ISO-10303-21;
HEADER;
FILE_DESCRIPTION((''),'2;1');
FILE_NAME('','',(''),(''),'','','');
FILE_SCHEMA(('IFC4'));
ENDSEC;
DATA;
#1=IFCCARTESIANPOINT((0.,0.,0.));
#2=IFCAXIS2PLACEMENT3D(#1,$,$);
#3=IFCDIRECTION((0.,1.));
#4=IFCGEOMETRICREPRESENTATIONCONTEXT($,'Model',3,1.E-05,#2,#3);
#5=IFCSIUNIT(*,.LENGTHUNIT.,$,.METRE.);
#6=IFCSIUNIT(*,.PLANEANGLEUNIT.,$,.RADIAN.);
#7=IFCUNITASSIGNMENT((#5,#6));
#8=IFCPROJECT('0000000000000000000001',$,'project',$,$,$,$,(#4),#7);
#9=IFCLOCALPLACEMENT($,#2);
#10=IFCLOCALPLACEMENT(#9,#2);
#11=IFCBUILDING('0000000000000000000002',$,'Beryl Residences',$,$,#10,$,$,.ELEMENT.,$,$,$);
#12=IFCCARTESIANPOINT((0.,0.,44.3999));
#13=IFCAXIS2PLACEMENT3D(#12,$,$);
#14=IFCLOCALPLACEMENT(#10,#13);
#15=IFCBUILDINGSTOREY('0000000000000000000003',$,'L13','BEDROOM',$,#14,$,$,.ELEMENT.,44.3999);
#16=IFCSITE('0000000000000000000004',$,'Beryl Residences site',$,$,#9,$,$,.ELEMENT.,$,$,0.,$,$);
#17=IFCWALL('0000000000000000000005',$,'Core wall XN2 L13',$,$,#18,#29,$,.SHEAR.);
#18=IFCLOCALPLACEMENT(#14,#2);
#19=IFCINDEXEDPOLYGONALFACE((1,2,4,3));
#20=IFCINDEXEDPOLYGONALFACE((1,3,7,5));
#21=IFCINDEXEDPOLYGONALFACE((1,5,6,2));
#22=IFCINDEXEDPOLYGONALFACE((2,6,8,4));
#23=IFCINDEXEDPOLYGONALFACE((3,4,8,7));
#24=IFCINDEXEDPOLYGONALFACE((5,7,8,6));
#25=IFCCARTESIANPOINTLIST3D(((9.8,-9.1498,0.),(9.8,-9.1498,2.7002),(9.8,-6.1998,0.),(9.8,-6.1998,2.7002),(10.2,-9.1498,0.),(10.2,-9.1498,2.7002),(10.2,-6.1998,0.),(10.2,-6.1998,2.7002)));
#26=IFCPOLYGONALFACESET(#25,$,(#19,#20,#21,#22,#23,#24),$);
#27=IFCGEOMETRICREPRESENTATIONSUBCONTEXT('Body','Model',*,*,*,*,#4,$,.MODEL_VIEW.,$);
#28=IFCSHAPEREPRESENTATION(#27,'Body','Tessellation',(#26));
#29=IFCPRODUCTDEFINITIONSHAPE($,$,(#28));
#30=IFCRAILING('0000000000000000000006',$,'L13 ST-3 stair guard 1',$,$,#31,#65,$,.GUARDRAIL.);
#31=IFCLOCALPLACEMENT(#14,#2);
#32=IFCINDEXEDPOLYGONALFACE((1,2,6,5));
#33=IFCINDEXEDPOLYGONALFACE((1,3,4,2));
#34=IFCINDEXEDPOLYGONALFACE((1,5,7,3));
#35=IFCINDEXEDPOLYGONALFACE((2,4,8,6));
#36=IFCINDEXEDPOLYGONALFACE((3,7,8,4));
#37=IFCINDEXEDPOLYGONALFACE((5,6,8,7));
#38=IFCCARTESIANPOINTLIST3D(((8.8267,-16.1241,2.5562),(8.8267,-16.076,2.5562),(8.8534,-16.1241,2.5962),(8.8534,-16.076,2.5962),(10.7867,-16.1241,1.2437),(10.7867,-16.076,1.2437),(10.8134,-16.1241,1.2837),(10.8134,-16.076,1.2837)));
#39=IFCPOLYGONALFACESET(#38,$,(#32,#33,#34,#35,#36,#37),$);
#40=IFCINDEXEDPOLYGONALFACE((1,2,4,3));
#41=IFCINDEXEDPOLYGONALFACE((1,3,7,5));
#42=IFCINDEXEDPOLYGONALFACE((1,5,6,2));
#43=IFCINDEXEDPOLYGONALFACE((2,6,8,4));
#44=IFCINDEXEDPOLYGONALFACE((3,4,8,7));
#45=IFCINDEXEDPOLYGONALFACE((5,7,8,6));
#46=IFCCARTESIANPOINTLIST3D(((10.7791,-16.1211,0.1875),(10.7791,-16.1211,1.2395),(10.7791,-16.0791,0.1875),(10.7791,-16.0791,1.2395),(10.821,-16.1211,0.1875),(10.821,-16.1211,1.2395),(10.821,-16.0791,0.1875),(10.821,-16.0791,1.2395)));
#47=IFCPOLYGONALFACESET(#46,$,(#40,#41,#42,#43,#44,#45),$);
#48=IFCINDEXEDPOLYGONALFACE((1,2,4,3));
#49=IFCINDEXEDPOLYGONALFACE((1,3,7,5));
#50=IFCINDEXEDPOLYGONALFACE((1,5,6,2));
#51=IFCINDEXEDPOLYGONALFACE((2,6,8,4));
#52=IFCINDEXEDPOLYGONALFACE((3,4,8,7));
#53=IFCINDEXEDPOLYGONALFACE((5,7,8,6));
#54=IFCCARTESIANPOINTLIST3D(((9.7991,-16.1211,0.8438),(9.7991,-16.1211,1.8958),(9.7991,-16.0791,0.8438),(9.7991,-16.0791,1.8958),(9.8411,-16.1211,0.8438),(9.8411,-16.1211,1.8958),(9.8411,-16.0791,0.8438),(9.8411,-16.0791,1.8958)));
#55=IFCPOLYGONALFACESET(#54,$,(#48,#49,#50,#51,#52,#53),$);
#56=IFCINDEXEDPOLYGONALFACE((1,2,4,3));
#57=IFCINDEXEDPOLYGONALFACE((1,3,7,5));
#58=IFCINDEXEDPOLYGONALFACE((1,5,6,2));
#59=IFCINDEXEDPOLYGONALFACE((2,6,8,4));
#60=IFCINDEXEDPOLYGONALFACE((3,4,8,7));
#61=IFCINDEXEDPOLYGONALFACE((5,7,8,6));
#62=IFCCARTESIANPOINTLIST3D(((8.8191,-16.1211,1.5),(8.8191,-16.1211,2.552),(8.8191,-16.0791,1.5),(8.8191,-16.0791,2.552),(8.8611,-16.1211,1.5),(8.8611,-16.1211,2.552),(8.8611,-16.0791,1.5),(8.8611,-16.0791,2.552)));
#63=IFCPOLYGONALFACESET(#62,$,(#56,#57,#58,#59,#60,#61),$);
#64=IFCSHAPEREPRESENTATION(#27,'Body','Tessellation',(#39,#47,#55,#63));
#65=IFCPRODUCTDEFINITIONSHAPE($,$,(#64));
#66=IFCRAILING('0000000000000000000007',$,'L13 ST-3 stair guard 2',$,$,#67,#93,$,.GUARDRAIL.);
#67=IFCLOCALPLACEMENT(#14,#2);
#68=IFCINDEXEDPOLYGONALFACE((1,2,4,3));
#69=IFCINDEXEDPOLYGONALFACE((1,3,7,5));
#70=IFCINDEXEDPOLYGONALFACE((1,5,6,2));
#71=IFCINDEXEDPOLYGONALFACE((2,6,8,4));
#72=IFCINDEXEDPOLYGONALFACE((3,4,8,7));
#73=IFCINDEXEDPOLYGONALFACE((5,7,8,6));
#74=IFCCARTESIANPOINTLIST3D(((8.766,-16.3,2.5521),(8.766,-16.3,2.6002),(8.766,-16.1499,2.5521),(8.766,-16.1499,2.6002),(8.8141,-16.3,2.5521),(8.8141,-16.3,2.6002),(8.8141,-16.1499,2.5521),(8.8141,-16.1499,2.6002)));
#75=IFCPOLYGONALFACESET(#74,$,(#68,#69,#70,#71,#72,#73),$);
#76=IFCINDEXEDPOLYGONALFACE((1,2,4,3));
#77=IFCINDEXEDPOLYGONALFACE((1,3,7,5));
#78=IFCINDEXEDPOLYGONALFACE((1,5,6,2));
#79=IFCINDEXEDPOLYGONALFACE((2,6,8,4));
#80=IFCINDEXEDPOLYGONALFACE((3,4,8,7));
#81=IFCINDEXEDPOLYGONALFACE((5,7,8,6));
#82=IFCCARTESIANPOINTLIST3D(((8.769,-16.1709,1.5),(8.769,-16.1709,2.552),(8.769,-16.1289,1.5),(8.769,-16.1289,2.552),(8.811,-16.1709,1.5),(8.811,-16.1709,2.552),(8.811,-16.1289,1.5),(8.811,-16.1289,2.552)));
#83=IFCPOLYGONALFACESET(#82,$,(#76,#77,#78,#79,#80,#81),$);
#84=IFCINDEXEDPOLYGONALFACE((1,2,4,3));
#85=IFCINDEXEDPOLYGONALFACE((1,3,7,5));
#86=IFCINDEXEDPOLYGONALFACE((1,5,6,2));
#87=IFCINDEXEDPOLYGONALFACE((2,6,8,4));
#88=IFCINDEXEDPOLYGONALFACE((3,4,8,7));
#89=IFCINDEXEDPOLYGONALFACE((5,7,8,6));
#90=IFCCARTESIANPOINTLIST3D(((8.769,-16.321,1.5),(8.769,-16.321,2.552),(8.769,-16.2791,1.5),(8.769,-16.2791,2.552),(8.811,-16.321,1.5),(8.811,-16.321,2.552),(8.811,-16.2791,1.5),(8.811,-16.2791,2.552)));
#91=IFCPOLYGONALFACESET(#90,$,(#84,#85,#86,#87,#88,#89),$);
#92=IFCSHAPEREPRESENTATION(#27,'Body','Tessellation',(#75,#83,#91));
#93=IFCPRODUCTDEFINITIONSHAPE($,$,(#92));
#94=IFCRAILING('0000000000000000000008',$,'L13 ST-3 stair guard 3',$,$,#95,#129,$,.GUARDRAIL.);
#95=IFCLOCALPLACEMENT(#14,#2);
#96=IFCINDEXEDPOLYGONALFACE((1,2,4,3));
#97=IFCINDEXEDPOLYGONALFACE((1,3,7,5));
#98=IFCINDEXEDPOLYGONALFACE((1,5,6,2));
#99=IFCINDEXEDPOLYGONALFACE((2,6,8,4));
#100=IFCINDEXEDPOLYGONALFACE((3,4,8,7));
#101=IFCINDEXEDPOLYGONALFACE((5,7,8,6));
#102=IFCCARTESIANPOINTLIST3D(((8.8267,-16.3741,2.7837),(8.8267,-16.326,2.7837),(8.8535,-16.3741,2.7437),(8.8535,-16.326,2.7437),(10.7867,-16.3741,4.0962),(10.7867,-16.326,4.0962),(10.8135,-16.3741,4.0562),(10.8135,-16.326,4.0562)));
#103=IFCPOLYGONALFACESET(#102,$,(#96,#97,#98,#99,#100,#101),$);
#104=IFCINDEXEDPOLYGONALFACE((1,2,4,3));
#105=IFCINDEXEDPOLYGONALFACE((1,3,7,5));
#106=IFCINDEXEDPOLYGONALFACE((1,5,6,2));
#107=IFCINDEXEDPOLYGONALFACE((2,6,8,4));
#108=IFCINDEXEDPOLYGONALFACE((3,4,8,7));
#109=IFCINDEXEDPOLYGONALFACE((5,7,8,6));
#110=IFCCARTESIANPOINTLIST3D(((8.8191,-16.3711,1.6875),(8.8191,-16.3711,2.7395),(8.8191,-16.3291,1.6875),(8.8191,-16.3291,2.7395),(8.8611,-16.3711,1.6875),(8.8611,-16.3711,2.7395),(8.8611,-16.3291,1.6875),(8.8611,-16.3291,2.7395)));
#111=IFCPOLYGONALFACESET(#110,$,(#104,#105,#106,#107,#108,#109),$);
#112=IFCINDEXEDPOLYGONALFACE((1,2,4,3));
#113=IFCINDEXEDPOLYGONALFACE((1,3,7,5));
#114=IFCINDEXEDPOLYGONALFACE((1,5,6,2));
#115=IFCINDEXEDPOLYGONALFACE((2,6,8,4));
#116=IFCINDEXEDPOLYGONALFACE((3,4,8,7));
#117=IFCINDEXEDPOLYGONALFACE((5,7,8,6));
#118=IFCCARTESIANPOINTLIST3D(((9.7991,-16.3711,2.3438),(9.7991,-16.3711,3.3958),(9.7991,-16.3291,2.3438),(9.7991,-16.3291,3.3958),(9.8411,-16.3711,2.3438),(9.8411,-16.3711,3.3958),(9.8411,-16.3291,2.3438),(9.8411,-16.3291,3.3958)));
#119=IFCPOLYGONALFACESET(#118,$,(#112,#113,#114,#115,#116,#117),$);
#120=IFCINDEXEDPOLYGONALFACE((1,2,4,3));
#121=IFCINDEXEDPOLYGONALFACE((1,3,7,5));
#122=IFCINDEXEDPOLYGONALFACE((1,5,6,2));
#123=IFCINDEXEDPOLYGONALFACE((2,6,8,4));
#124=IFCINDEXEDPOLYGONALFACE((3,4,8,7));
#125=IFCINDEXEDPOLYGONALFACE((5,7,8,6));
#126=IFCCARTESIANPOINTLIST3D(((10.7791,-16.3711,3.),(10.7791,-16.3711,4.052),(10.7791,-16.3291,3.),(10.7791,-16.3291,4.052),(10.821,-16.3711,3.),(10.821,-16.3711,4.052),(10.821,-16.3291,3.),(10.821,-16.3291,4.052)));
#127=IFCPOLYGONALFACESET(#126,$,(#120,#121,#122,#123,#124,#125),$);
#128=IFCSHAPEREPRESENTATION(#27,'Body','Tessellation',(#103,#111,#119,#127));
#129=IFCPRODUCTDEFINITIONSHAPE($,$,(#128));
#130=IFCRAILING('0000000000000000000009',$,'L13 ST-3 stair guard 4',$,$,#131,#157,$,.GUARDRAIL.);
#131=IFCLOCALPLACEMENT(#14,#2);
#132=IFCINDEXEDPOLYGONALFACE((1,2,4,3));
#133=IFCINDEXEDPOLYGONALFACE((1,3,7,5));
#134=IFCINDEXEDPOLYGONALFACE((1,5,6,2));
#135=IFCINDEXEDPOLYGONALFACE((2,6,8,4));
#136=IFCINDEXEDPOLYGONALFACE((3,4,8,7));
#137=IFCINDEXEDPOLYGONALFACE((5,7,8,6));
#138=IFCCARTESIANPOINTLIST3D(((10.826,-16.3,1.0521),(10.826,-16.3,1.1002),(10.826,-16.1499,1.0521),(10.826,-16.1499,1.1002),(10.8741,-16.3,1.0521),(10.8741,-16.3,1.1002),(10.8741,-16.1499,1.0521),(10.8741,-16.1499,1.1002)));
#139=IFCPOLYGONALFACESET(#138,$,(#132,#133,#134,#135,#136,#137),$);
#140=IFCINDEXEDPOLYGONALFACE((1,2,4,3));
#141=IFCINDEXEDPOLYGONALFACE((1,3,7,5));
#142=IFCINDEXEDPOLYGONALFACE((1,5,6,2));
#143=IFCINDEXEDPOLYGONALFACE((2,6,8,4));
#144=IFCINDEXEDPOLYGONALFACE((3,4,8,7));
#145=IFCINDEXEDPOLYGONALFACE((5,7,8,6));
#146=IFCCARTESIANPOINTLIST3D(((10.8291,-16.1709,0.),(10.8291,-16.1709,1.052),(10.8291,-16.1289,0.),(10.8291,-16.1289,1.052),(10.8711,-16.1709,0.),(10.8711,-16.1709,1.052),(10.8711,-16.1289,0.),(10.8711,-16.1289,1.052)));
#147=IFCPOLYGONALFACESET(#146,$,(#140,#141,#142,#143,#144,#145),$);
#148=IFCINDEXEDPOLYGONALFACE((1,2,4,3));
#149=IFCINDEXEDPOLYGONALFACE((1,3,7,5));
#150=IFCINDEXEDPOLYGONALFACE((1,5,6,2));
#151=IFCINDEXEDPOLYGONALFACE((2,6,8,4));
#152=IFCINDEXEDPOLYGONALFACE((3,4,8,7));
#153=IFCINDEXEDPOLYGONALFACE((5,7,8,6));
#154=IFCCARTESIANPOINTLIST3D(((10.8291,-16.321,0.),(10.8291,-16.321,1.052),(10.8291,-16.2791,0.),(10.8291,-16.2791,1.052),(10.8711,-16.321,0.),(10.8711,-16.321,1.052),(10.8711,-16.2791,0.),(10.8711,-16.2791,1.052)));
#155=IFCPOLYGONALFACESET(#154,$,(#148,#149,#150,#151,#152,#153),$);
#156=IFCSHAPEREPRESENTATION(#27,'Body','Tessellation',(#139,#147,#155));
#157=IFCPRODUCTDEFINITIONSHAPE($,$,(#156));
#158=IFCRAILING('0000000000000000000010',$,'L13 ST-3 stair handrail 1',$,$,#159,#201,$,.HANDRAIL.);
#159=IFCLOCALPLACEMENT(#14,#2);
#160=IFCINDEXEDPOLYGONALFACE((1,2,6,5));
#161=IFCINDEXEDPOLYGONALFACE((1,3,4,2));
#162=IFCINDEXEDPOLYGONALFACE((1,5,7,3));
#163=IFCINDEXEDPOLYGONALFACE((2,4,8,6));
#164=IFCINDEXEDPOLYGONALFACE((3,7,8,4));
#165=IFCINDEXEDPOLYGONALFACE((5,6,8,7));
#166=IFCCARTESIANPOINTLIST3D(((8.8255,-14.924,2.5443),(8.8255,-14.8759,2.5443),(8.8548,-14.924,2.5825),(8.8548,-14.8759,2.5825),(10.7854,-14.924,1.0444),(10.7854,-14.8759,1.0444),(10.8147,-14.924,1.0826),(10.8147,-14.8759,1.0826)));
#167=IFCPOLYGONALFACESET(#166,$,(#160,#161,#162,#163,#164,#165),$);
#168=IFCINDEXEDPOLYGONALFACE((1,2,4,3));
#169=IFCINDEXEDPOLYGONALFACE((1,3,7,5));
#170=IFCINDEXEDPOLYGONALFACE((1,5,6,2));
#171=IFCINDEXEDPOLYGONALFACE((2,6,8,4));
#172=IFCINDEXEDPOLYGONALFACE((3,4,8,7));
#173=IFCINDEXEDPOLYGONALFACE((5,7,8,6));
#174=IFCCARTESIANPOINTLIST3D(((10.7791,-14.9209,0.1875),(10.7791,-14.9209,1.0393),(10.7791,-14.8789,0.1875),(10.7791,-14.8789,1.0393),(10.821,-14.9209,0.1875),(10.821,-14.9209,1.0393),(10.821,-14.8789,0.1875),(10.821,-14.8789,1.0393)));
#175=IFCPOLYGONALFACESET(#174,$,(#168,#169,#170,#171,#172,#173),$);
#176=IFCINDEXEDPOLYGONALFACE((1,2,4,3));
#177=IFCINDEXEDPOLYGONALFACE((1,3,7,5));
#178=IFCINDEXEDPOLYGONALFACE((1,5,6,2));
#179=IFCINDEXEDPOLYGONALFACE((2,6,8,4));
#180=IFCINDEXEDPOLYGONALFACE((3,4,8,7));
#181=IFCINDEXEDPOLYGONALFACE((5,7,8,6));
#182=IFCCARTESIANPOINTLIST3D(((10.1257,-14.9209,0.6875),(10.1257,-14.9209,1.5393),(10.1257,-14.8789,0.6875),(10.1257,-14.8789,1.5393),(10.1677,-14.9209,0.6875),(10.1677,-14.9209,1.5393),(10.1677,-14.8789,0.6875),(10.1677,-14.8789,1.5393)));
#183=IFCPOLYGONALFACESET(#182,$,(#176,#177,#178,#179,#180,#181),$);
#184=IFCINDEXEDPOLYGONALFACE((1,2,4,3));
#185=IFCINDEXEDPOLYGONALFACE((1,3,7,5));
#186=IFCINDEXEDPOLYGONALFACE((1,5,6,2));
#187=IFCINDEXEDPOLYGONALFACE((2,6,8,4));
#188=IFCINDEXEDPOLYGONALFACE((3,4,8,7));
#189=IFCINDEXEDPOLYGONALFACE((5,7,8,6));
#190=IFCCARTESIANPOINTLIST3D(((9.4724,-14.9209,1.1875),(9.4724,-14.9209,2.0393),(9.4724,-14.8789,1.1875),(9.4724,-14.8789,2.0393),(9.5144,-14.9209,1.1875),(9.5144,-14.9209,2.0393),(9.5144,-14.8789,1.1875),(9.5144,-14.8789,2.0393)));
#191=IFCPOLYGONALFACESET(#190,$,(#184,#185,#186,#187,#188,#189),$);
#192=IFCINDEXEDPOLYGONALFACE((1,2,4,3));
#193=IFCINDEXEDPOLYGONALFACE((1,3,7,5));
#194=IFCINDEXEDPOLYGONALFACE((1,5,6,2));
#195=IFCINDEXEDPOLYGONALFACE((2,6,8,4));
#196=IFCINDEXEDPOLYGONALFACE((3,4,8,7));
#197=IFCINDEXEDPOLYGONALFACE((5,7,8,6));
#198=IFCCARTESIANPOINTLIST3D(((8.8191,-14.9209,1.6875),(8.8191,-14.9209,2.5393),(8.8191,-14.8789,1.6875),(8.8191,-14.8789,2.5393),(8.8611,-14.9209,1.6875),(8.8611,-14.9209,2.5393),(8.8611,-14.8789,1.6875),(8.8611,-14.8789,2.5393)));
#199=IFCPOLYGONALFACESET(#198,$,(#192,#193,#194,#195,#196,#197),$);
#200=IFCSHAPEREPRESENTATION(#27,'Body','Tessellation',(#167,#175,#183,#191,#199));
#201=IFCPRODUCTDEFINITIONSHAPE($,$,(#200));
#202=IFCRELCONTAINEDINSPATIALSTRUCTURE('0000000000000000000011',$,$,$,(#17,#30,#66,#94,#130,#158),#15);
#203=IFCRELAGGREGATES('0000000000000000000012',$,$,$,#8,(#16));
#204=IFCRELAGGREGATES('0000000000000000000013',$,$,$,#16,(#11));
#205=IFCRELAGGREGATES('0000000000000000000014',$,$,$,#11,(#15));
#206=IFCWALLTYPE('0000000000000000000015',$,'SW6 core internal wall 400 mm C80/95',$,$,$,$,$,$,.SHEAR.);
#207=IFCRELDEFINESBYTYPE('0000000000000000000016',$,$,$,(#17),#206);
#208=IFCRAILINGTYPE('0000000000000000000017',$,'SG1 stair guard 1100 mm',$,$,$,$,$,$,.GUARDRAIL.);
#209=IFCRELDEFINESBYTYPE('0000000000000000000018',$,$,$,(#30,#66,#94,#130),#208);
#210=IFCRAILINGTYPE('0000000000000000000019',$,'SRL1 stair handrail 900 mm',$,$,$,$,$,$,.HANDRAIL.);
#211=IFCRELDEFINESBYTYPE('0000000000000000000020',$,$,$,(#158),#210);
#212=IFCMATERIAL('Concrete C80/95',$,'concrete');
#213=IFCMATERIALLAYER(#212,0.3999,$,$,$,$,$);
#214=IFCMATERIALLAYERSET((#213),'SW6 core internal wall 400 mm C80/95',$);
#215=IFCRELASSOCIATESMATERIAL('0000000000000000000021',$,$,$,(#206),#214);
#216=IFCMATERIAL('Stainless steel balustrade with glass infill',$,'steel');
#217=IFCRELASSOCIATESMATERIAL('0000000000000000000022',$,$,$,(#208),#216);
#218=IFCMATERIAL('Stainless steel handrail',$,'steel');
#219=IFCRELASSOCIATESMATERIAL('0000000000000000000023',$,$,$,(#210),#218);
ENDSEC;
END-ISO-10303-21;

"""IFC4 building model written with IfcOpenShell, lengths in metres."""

from ifc_helpers import new_model, si_unit, direction, frame, frame_2d, origin, origin_2d, place, context, subcontext, project, spatial, rectangle, extrude, material, layer, layer_set, type_object, element, save


model = new_model("IFC4")

# Units and contexts
model_context = context("Model", 3, precision=1e-05, world=origin(), true_north=direction((0.0, 1.0)))
body_context = subcontext(model_context, "Body", "Model", "MODEL_VIEW")
ifc_project = project(units=[si_unit("LENGTHUNIT", "METRE"), si_unit("PLANEANGLEUNIT", "RADIAN")], contexts=[model_context])

# Site, building, storey
site_placement = place(None, origin())
site = spatial("IfcSite", under=ifc_project, at=site_placement, Name="Beryl Residences site", CompositionType="ELEMENT", RefElevation=0.0)
building_placement = place(site_placement, origin())
building = spatial("IfcBuilding", under=site, at=building_placement, Name="Beryl Residences", CompositionType="ELEMENT")
storey_placement = place(building_placement, frame((0.0, 0.0, 44.3999)))
storey = spatial("IfcBuildingStorey", under=building, at=storey_placement, Name="L13", Description="BEDROOM", CompositionType="ELEMENT", Elevation=44.3999)

# Wall
ifc_material_1 = material(Name="Concrete C80/95", Category="concrete")
ifc_layer_1 = layer(ifc_material_1, 0.3999)
ifc_layer_set_1 = layer_set([ifc_layer_1], Name="SW6 core internal wall 400 mm C80/95")
wall_type_1 = type_object("IfcWallType", Name="SW6 core internal wall 400 mm C80/95", PredefinedType="SHEAR", material=ifc_layer_set_1)
for number, where, z_axis, x_axis, name in (
    (1, (10.0, -9.1499, 0.0), (0.0, 0.0, 1.0), (0.0, 1.0, 0.0), "Core wall XN2 L13"),
):
    element("IfcWall", number, at=place(storey_placement, frame(where, z_axis=z_axis, x_axis=x_axis)), inside=storey, type_object=wall_type_1, Name=name, PredefinedType="SHEAR", context=body_context, shape_type="SweptSolid", body=[
        extrude(rectangle(XDim=2.95, YDim=0.3999, at=frame_2d((1.4751, 0.0))), origin(), (0.0, 0.0, 1.0), 2.7002),
    ])

# Railings
ifc_material_2 = material(Name="Stainless steel balustrade with glass infill", Category="steel")
railing_type_1 = type_object("IfcRailingType", Name="SG1 stair guard 1100 mm", PredefinedType="GUARDRAIL", material=ifc_material_2)
railing_1_placement = place(storey_placement, frame((10.8, -16.1001, 0.1875)))
element("IfcRailing", 2, at=railing_1_placement, inside=storey, type_object=railing_type_1, Name="L13 ST-3 stair guard 1", PredefinedType="GUARDRAIL", context=body_context, shape_type="SweptSolid", body=[
    extrude(rectangle(XDim=0.0481, YDim=0.0481, at=origin_2d()), frame((0.0, 0.0, 1.0762), z_axis=(-0.830902, 0.0, 0.556419), x_axis=(0.0, -1.0, 0.0)), (0.0, 0.0, 1.0), 2.3589),
    extrude(rectangle(XDim=0.042, YDim=0.042, at=origin_2d()), origin(), (0.0, 0.0, 1.0), 1.052),
    extrude(rectangle(XDim=0.042, YDim=0.042, at=origin_2d()), frame((-0.98, 0.0, 0.6562)), (0.0, 0.0, 1.0), 1.052),
    extrude(rectangle(XDim=0.042, YDim=0.042, at=origin_2d()), frame((-1.96, 0.0, 1.3125)), (0.0, 0.0, 1.0), 1.052),
])
railing_2_placement = place(storey_placement, frame((8.79, -16.1499, 1.5)))
element("IfcRailing", 3, at=railing_2_placement, inside=storey, type_object=railing_type_1, Name="L13 ST-3 stair guard 2", PredefinedType="GUARDRAIL", context=body_context, shape_type="SweptSolid", body=[
    extrude(rectangle(XDim=0.0481, YDim=0.0481, at=origin_2d()), frame((0.0, 0.0, 1.0762), z_axis=(0.0, -1.0, 0.0), x_axis=(1.0, 0.0, 0.0)), (0.0, 0.0, 1.0), 0.1501),
    extrude(rectangle(XDim=0.042, YDim=0.042, at=origin_2d()), origin(), (0.0, 0.0, 1.0), 1.052),
    extrude(rectangle(XDim=0.042, YDim=0.042, at=origin_2d()), frame((0.0, -0.1501, 0.0)), (0.0, 0.0, 1.0), 1.052),
])
railing_3_placement = place(storey_placement, frame((8.8401, -16.3501, 1.6875)))
element("IfcRailing", 4, at=railing_3_placement, inside=storey, type_object=railing_type_1, Name="L13 ST-3 stair guard 3", PredefinedType="GUARDRAIL", context=body_context, shape_type="SweptSolid", body=[
    extrude(rectangle(XDim=0.0481, YDim=0.0481, at=origin_2d()), frame((0.0, 0.0, 1.0762), z_axis=(0.830902, 0.0, 0.556419), x_axis=(0.0, 1.0, 0.0)), (0.0, 0.0, 1.0), 2.3589),
    extrude(rectangle(XDim=0.042, YDim=0.042, at=origin_2d()), origin(), (0.0, 0.0, 1.0), 1.052),
    extrude(rectangle(XDim=0.042, YDim=0.042, at=origin_2d()), frame((0.98, 0.0, 0.6562)), (0.0, 0.0, 1.0), 1.052),
    extrude(rectangle(XDim=0.042, YDim=0.042, at=origin_2d()), frame((1.96, 0.0, 1.3125)), (0.0, 0.0, 1.0), 1.052),
])
railing_4_placement = place(storey_placement, frame((10.8501, -16.1499, 0.0)))
element("IfcRailing", 5, at=railing_4_placement, inside=storey, type_object=railing_type_1, Name="L13 ST-3 stair guard 4", PredefinedType="GUARDRAIL", context=body_context, shape_type="SweptSolid", body=[
    extrude(rectangle(XDim=0.0481, YDim=0.0481, at=origin_2d()), frame((0.0, 0.0, 1.0762), z_axis=(0.0, -1.0, 0.0), x_axis=(1.0, 0.0, 0.0)), (0.0, 0.0, 1.0), 0.1501),
    extrude(rectangle(XDim=0.042, YDim=0.042, at=origin_2d()), origin(), (0.0, 0.0, 1.0), 1.052),
    extrude(rectangle(XDim=0.042, YDim=0.042, at=origin_2d()), frame((0.0, -0.1501, 0.0)), (0.0, 0.0, 1.0), 1.052),
])
ifc_material_3 = material(Name="Stainless steel handrail", Category="steel")
railing_type_2 = type_object("IfcRailingType", Name="SRL1 stair handrail 900 mm", PredefinedType="HANDRAIL", material=ifc_material_3)
railing_5_placement = place(storey_placement, frame((10.8, -14.8999, 0.1875)))
element("IfcRailing", 6, at=railing_5_placement, inside=storey, type_object=railing_type_2, Name="L13 ST-3 stair handrail 1", PredefinedType="HANDRAIL", context=body_context, shape_type="SweptSolid", body=[
    extrude(rectangle(XDim=0.0481, YDim=0.0481, at=origin_2d()), frame((0.0, 0.0, 0.876), z_axis=(-0.794122, 0.0, 0.607758), x_axis=(0.0, -1.0, 0.0)), (0.0, 0.0, 1.0), 2.468),
    extrude(rectangle(XDim=0.042, YDim=0.042, at=origin_2d()), origin(), (0.0, 0.0, 1.0), 0.8518),
    extrude(rectangle(XDim=0.042, YDim=0.042, at=origin_2d()), frame((-0.6533, 0.0, 0.5)), (0.0, 0.0, 1.0), 0.8518),
    extrude(rectangle(XDim=0.042, YDim=0.042, at=origin_2d()), frame((-1.3066, 0.0, 1.0)), (0.0, 0.0, 1.0), 0.8518),
    extrude(rectangle(XDim=0.042, YDim=0.042, at=origin_2d()), frame((-1.96, 0.0, 1.5)), (0.0, 0.0, 1.0), 0.8518),
])

save(model, "model.ifc")
